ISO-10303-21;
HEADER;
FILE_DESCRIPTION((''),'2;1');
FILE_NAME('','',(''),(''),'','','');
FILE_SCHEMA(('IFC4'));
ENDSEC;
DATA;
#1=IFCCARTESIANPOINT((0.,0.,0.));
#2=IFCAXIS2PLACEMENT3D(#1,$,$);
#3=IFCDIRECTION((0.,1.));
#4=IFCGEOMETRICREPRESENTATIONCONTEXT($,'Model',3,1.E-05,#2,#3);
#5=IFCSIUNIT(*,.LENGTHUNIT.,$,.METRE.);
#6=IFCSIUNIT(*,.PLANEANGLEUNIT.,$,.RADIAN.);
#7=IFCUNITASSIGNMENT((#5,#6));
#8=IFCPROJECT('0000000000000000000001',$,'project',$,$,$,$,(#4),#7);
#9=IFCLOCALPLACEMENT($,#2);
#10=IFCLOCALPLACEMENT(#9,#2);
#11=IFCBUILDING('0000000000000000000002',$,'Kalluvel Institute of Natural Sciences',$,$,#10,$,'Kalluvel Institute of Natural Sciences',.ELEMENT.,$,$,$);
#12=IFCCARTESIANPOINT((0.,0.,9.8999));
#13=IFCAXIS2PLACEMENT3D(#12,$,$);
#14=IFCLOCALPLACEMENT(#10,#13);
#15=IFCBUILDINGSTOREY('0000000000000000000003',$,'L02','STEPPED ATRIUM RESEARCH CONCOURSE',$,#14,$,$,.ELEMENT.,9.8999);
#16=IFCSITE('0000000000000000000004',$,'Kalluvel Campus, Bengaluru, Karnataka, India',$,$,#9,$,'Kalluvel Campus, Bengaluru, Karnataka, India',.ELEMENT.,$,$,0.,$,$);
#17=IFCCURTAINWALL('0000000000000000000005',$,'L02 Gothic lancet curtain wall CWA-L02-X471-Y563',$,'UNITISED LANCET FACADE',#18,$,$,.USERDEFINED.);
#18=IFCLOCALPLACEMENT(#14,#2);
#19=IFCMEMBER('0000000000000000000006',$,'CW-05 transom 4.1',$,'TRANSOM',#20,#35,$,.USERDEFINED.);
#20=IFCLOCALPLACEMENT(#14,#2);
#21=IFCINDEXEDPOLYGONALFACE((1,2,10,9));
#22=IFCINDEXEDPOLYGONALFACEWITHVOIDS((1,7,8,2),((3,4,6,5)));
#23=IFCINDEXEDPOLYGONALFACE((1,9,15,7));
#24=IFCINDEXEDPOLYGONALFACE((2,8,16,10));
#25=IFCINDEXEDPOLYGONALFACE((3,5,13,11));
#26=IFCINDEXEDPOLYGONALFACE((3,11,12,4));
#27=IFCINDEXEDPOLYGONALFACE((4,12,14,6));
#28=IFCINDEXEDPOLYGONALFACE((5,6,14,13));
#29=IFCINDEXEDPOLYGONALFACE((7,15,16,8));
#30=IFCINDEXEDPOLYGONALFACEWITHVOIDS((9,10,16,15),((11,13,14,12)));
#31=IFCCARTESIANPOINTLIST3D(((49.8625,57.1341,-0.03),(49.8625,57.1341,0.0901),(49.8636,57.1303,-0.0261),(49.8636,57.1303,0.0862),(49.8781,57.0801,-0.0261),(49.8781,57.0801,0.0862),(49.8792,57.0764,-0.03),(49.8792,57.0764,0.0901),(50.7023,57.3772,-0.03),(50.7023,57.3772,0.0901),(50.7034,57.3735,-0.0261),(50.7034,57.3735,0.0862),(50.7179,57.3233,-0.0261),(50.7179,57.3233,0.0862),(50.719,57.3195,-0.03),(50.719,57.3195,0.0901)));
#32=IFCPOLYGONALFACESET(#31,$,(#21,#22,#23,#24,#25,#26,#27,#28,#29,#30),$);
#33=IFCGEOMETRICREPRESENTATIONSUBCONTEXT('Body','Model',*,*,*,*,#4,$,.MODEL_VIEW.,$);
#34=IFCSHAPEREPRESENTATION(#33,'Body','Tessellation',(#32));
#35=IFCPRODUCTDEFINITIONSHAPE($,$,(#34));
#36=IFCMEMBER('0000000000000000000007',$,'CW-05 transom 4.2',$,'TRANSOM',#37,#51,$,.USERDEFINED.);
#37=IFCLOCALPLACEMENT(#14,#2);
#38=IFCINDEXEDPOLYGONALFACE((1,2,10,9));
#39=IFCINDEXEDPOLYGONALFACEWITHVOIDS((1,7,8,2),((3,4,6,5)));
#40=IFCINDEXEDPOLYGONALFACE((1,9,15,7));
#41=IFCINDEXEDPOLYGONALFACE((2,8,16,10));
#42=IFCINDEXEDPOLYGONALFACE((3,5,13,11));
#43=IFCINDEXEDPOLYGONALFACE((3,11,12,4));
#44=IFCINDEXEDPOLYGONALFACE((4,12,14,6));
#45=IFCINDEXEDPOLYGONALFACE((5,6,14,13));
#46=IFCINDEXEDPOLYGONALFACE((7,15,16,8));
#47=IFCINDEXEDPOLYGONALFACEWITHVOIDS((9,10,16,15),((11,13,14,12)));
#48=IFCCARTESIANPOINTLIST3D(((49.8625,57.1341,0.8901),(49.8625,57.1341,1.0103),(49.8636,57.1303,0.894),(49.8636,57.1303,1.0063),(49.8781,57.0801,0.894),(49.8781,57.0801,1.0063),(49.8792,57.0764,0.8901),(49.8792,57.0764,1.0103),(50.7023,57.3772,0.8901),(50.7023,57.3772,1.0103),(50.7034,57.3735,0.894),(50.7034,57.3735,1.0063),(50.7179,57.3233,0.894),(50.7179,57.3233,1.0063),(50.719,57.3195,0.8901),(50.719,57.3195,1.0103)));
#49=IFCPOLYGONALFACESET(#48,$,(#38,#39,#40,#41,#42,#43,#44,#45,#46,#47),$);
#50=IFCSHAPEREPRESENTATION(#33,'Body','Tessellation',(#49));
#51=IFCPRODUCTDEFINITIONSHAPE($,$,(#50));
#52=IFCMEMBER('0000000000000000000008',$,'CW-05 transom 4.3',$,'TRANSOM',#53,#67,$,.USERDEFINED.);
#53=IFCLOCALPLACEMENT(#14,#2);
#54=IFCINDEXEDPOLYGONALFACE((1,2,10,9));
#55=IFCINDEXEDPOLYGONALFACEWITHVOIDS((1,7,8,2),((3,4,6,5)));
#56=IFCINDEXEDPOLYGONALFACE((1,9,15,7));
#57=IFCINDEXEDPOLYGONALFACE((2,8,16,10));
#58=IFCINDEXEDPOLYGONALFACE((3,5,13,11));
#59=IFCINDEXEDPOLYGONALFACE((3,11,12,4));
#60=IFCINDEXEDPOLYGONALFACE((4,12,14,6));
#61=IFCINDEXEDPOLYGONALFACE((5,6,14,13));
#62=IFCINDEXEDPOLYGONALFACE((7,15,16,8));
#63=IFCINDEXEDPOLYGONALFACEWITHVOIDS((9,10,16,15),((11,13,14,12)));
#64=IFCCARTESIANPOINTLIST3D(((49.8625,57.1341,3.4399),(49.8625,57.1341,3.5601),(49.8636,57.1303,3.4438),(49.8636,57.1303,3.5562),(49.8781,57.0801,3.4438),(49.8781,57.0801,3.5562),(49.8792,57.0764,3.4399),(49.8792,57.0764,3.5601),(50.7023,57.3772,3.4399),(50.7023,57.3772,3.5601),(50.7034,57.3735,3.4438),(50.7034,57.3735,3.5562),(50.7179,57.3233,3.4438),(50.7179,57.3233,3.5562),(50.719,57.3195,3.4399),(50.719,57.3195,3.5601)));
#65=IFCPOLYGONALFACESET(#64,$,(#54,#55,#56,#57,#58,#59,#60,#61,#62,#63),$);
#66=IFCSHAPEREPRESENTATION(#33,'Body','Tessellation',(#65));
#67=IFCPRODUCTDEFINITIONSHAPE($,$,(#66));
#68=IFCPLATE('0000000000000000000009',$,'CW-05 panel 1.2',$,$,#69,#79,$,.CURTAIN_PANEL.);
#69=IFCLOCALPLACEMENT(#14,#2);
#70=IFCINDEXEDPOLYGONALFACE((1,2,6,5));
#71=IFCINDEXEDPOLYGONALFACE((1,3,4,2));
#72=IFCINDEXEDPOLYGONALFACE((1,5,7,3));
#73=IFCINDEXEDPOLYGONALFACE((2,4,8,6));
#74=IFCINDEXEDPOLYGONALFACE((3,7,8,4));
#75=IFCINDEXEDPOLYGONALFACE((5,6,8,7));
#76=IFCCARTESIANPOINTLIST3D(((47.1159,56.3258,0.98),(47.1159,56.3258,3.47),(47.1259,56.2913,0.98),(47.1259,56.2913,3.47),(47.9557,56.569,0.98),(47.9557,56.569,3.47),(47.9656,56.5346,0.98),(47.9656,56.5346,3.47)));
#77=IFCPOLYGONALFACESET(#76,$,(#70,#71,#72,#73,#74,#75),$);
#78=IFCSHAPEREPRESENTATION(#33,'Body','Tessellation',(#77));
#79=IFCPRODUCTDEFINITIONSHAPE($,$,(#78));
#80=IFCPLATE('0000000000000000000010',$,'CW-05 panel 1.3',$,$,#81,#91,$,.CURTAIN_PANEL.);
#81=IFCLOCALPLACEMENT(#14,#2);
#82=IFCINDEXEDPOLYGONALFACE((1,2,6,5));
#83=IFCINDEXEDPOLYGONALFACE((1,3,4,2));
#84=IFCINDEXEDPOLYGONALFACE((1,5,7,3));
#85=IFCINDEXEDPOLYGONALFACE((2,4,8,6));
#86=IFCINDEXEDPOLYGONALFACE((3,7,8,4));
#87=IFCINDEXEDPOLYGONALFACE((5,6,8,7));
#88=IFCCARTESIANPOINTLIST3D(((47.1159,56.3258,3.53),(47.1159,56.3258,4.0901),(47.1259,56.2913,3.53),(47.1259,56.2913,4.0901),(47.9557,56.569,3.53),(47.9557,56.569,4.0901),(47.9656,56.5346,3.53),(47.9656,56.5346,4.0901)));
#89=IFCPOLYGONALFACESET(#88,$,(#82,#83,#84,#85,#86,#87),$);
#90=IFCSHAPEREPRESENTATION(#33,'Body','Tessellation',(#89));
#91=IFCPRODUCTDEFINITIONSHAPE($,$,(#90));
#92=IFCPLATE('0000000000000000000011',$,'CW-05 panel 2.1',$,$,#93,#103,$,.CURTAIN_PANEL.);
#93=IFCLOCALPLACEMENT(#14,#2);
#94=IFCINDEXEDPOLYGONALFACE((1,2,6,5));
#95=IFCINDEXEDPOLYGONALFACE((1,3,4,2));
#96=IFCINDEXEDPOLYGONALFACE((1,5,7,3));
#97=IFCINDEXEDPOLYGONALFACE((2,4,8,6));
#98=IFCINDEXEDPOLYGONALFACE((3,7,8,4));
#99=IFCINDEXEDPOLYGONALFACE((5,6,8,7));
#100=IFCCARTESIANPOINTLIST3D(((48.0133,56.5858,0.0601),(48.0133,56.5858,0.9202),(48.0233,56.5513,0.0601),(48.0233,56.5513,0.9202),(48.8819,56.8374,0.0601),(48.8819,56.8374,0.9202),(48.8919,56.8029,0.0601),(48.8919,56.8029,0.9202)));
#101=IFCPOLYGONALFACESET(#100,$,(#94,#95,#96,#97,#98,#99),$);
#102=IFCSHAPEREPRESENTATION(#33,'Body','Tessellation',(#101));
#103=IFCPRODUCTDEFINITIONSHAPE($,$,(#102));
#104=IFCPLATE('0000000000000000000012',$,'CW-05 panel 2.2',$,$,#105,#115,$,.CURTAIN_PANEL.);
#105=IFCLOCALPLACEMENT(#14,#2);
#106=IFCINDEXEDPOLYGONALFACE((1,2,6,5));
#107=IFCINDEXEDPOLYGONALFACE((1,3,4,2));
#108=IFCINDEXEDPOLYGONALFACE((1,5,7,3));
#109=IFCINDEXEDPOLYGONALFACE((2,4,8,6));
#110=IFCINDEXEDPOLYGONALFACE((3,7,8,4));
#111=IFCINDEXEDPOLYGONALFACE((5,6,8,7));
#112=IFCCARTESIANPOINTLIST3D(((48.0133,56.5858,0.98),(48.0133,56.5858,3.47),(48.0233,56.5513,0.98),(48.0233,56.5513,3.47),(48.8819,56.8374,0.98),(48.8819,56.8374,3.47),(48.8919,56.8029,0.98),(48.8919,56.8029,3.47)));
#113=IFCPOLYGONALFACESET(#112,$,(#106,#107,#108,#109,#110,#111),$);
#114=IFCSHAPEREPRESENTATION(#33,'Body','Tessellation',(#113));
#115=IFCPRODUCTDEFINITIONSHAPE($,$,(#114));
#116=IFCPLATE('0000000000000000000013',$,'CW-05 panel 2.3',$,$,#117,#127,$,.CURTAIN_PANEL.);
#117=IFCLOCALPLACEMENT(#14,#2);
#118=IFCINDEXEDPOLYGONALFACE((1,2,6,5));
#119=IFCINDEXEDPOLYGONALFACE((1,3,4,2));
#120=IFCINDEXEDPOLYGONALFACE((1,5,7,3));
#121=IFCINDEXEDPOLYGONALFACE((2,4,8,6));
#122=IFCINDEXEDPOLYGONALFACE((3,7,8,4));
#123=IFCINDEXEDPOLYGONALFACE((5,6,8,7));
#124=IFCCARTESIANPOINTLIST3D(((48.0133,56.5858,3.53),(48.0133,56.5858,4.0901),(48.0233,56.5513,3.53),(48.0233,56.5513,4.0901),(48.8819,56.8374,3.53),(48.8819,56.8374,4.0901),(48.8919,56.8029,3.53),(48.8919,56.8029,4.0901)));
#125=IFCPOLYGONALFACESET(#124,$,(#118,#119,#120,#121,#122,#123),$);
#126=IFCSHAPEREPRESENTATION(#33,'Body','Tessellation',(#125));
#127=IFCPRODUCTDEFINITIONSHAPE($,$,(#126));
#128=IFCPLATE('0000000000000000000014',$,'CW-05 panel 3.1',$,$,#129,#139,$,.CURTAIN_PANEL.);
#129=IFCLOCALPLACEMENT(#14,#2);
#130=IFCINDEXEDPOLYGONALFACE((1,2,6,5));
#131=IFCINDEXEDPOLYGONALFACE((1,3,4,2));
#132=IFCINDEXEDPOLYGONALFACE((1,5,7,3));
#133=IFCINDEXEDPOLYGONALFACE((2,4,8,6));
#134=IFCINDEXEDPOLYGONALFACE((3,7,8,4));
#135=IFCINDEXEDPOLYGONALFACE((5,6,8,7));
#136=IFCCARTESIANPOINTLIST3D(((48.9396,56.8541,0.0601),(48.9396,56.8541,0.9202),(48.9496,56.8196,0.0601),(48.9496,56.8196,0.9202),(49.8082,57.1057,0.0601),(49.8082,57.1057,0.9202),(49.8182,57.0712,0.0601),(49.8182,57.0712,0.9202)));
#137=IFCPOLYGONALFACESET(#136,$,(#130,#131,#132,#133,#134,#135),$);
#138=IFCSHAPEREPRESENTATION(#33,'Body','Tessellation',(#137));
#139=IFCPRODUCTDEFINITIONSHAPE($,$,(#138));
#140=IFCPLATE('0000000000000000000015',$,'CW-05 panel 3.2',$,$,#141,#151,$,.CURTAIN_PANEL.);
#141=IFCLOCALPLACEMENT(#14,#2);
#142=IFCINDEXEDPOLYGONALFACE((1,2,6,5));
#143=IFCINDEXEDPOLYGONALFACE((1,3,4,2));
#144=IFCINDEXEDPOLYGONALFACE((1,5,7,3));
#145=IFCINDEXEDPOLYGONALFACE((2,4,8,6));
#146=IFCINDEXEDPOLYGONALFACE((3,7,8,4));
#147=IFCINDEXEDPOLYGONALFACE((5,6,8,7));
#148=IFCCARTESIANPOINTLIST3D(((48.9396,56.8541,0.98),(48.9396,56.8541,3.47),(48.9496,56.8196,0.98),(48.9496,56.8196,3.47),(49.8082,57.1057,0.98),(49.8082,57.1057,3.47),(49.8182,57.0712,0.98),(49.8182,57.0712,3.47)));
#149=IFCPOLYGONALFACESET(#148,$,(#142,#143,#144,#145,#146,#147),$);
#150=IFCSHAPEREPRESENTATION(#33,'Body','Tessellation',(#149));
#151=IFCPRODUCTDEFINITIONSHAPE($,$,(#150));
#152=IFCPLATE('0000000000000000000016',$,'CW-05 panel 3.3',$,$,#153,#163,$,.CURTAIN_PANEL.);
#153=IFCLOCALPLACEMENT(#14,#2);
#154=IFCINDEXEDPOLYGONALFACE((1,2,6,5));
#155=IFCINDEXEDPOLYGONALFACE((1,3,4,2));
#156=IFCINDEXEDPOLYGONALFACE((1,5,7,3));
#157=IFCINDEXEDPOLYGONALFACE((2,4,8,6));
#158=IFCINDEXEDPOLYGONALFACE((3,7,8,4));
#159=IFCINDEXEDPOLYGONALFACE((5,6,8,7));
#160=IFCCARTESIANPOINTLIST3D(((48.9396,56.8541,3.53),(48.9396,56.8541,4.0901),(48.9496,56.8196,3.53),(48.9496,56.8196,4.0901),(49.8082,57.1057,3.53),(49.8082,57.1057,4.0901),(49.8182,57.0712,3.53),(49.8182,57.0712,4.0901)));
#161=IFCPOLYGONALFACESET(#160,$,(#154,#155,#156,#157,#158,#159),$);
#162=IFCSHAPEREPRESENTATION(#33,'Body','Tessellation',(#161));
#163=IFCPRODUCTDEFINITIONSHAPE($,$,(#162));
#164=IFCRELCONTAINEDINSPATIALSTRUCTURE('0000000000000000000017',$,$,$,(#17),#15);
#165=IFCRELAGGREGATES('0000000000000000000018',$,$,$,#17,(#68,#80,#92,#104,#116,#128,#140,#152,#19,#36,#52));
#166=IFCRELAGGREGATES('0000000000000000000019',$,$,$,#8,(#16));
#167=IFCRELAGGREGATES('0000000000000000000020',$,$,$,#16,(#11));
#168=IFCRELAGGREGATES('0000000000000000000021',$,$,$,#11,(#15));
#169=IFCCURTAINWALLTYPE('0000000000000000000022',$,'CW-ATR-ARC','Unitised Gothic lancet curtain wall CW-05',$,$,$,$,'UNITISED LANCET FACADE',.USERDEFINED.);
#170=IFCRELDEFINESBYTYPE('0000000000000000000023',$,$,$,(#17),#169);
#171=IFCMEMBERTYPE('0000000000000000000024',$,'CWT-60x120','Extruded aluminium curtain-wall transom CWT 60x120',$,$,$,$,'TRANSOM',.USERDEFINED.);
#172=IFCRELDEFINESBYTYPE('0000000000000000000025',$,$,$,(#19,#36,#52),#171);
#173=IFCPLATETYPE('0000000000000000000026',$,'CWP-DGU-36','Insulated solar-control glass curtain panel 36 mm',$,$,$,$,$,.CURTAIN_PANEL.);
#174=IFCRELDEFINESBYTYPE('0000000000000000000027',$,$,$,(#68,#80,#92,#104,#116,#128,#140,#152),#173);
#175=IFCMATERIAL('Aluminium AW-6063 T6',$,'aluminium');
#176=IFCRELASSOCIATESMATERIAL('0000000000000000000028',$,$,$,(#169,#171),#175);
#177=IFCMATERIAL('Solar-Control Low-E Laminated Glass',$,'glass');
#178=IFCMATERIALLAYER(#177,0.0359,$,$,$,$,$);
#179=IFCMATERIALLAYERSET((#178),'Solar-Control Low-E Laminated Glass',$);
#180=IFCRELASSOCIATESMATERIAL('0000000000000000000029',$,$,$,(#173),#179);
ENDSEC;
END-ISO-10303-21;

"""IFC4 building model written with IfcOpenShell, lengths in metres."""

from ifc_helpers import new_model, si_unit, direction, frame, origin, origin_2d, place, context, subcontext, project, spatial, rectangle, hollow_rectangle, extrude, material, layer, layer_set, material_profile, profile_set, type_object, element, aggregate, save


model = new_model("IFC4")

# Units and contexts
model_context = context("Model", 3, precision=1e-05, world=origin(), true_north=direction((0.0, 1.0)))
body_context = subcontext(model_context, "Body", "Model", "MODEL_VIEW")
ifc_project = project(units=[si_unit("LENGTHUNIT", "METRE"), si_unit("PLANEANGLEUNIT", "RADIAN")], contexts=[model_context])

# Site, building, storey
site_placement = place(None, origin())
site = spatial("IfcSite", under=ifc_project, at=site_placement, Name="Kalluvel Campus, Bengaluru, Karnataka, India", LongName="Kalluvel Campus, Bengaluru, Karnataka, India", CompositionType="ELEMENT", RefElevation=0.0)
building_placement = place(site_placement, origin())
building = spatial("IfcBuilding", under=site, at=building_placement, Name="Kalluvel Institute of Natural Sciences", LongName="Kalluvel Institute of Natural Sciences", CompositionType="ELEMENT")
storey_placement = place(building_placement, frame((0.0, 0.0, 9.8999)))
storey = spatial("IfcBuildingStorey", under=building, at=storey_placement, Name="L02", Description="STEPPED ATRIUM RESEARCH CONCOURSE", CompositionType="ELEMENT", Elevation=9.8999)

# Curtain wall, members, plates
ifc_material_1 = material(Name="Aluminium AW-6063 T6", Category="aluminium")
curtain_wall_type = type_object("IfcCurtainWallType", Name="CW-ATR-ARC", Description="Unitised Gothic lancet curtain wall CW-05", ElementType="UNITISED LANCET FACADE", PredefinedType="USERDEFINED", material=ifc_material_1)
curtain_wall_placement = place(storey_placement, origin())
curtain_wall = element("IfcCurtainWall", 1, at=curtain_wall_placement, inside=storey, type_object=curtain_wall_type, Name="L02 Gothic lancet curtain wall CWA-L02-X471-Y563", ObjectType="UNITISED LANCET FACADE", PredefinedType="USERDEFINED")
ifc_material_profile_1 = material_profile(ifc_material_1, hollow_rectangle(XDim=0.0601, YDim=0.1201, WallThickness=0.0039, at=origin_2d()), Name="CWT 60x120")
ifc_profile_set_1 = profile_set([ifc_material_profile_1], Name="Aluminium AW-6063 T6")
member_type_1 = type_object("IfcMemberType", Name="CWT-60x120", Description="Extruded aluminium curtain-wall transom CWT 60x120", ElementType="TRANSOM", PredefinedType="USERDEFINED", material=ifc_profile_set_1)
member_1_placement = place(storey_placement, frame((49.8708, 57.1052, 0.03), z_axis=(0.960549, 0.278112, 0.0), x_axis=(-0.278112, 0.960549, 0.0)))
member_1 = element("IfcMember", 2, at=member_1_placement, type_object=member_type_1, Name="CW-05 transom 4.1", ObjectType="TRANSOM", PredefinedType="USERDEFINED", context=body_context, shape_type="SweptSolid", body=[
    extrude(hollow_rectangle(XDim=0.0601, YDim=0.1201, WallThickness=0.0039, at=origin_2d()), origin(), (0.0, 0.0, 1.0), 0.8743),
])
member_2_placement = place(storey_placement, frame((49.8708, 57.1052, 0.9502), z_axis=(0.960549, 0.278112, 0.0), x_axis=(-0.278112, 0.960549, 0.0)))
member_2 = element("IfcMember", 3, at=member_2_placement, type_object=member_type_1, Name="CW-05 transom 4.2", ObjectType="TRANSOM", PredefinedType="USERDEFINED", context=body_context, shape_type="SweptSolid", body=[
    extrude(hollow_rectangle(XDim=0.0601, YDim=0.1201, WallThickness=0.0039, at=origin_2d()), origin(), (0.0, 0.0, 1.0), 0.8743),
])
member_3_placement = place(storey_placement, frame((49.8708, 57.1052, 3.5), z_axis=(0.960549, 0.278112, 0.0), x_axis=(-0.278112, 0.960549, 0.0)))
member_3 = element("IfcMember", 4, at=member_3_placement, type_object=member_type_1, Name="CW-05 transom 4.3", ObjectType="TRANSOM", PredefinedType="USERDEFINED", context=body_context, shape_type="SweptSolid", body=[
    extrude(hollow_rectangle(XDim=0.0601, YDim=0.1201, WallThickness=0.0039, at=origin_2d()), origin(), (0.0, 0.0, 1.0), 0.8743),
])
ifc_material_2 = material(Name="Solar-Control Low-E Laminated Glass", Category="glass")
ifc_layer = layer(ifc_material_2, 0.0359)
ifc_layer_set = layer_set([ifc_layer], Name="Solar-Control Low-E Laminated Glass")
plate_type = type_object("IfcPlateType", Name="CWP-DGU-36", Description="Insulated solar-control glass curtain panel 36 mm", PredefinedType="CURTAIN_PANEL", material=ifc_layer_set)
plate_1_placement = place(storey_placement, frame((47.5408, 56.4302, 0.98), z_axis=(0.0, 0.0, 1.0), x_axis=(0.96052, 0.278212, 0.0)))
plate_1 = element("IfcPlate", 5, at=plate_1_placement, type_object=plate_type, Name="CW-05 panel 1.2", PredefinedType="CURTAIN_PANEL", context=body_context, shape_type="SweptSolid", body=[
    extrude(rectangle(XDim=0.8743, YDim=0.0359, at=origin_2d()), origin(), (0.0, 0.0, 1.0), 2.49),
])
plate_2_placement = place(storey_placement, frame((47.5408, 56.4302, 3.53), z_axis=(0.0, 0.0, 1.0), x_axis=(0.96052, 0.278212, 0.0)))
plate_2 = element("IfcPlate", 6, at=plate_2_placement, type_object=plate_type, Name="CW-05 panel 1.3", PredefinedType="CURTAIN_PANEL", context=body_context, shape_type="SweptSolid", body=[
    extrude(rectangle(XDim=0.8743, YDim=0.0359, at=origin_2d()), origin(), (0.0, 0.0, 1.0), 0.5601),
])
plate_3_placement = place(storey_placement, frame((48.4526, 56.6943, 0.0601), z_axis=(0.0, 0.0, 1.0), x_axis=(0.96052, 0.278212, 0.0)))
plate_3 = element("IfcPlate", 7, at=plate_3_placement, type_object=plate_type, Name="CW-05 panel 2.1", PredefinedType="CURTAIN_PANEL", context=body_context, shape_type="SweptSolid", body=[
    extrude(rectangle(XDim=0.9043, YDim=0.0359, at=origin_2d()), origin(), (0.0, 0.0, 1.0), 0.8601),
])
plate_4_placement = place(storey_placement, frame((48.4526, 56.6943, 0.98), z_axis=(0.0, 0.0, 1.0), x_axis=(0.96052, 0.278212, 0.0)))
plate_4 = element("IfcPlate", 8, at=plate_4_placement, type_object=plate_type, Name="CW-05 panel 2.2", PredefinedType="CURTAIN_PANEL", context=body_context, shape_type="SweptSolid", body=[
    extrude(rectangle(XDim=0.9043, YDim=0.0359, at=origin_2d()), origin(), (0.0, 0.0, 1.0), 2.49),
])
plate_5_placement = place(storey_placement, frame((48.4526, 56.6943, 3.53), z_axis=(0.0, 0.0, 1.0), x_axis=(0.96052, 0.278212, 0.0)))
plate_5 = element("IfcPlate", 9, at=plate_5_placement, type_object=plate_type, Name="CW-05 panel 2.3", PredefinedType="CURTAIN_PANEL", context=body_context, shape_type="SweptSolid", body=[
    extrude(rectangle(XDim=0.9043, YDim=0.0359, at=origin_2d()), origin(), (0.0, 0.0, 1.0), 0.5601),
])
plate_6_placement = place(storey_placement, frame((49.3789, 56.9626, 0.0601), z_axis=(0.0, 0.0, 1.0), x_axis=(0.96052, 0.278212, 0.0)))
plate_6 = element("IfcPlate", 10, at=plate_6_placement, type_object=plate_type, Name="CW-05 panel 3.1", PredefinedType="CURTAIN_PANEL", context=body_context, shape_type="SweptSolid", body=[
    extrude(rectangle(XDim=0.9043, YDim=0.0359, at=origin_2d()), origin(), (0.0, 0.0, 1.0), 0.8601),
])
plate_7_placement = place(storey_placement, frame((49.3789, 56.9626, 0.98), z_axis=(0.0, 0.0, 1.0), x_axis=(0.96052, 0.278212, 0.0)))
plate_7 = element("IfcPlate", 11, at=plate_7_placement, type_object=plate_type, Name="CW-05 panel 3.2", PredefinedType="CURTAIN_PANEL", context=body_context, shape_type="SweptSolid", body=[
    extrude(rectangle(XDim=0.9043, YDim=0.0359, at=origin_2d()), origin(), (0.0, 0.0, 1.0), 2.49),
])
plate_8_placement = place(storey_placement, frame((49.3789, 56.9626, 3.53), z_axis=(0.0, 0.0, 1.0), x_axis=(0.96052, 0.278212, 0.0)))
plate_8 = element("IfcPlate", 12, at=plate_8_placement, type_object=plate_type, Name="CW-05 panel 3.3", PredefinedType="CURTAIN_PANEL", context=body_context, shape_type="SweptSolid", body=[
    extrude(rectangle(XDim=0.9043, YDim=0.0359, at=origin_2d()), origin(), (0.0, 0.0, 1.0), 0.5601),
])
aggregate(curtain_wall, [plate_1, plate_2, plate_3, plate_4, plate_5, plate_6, plate_7, plate_8, member_1, member_2, member_3])

save(model, "model.ifc")
